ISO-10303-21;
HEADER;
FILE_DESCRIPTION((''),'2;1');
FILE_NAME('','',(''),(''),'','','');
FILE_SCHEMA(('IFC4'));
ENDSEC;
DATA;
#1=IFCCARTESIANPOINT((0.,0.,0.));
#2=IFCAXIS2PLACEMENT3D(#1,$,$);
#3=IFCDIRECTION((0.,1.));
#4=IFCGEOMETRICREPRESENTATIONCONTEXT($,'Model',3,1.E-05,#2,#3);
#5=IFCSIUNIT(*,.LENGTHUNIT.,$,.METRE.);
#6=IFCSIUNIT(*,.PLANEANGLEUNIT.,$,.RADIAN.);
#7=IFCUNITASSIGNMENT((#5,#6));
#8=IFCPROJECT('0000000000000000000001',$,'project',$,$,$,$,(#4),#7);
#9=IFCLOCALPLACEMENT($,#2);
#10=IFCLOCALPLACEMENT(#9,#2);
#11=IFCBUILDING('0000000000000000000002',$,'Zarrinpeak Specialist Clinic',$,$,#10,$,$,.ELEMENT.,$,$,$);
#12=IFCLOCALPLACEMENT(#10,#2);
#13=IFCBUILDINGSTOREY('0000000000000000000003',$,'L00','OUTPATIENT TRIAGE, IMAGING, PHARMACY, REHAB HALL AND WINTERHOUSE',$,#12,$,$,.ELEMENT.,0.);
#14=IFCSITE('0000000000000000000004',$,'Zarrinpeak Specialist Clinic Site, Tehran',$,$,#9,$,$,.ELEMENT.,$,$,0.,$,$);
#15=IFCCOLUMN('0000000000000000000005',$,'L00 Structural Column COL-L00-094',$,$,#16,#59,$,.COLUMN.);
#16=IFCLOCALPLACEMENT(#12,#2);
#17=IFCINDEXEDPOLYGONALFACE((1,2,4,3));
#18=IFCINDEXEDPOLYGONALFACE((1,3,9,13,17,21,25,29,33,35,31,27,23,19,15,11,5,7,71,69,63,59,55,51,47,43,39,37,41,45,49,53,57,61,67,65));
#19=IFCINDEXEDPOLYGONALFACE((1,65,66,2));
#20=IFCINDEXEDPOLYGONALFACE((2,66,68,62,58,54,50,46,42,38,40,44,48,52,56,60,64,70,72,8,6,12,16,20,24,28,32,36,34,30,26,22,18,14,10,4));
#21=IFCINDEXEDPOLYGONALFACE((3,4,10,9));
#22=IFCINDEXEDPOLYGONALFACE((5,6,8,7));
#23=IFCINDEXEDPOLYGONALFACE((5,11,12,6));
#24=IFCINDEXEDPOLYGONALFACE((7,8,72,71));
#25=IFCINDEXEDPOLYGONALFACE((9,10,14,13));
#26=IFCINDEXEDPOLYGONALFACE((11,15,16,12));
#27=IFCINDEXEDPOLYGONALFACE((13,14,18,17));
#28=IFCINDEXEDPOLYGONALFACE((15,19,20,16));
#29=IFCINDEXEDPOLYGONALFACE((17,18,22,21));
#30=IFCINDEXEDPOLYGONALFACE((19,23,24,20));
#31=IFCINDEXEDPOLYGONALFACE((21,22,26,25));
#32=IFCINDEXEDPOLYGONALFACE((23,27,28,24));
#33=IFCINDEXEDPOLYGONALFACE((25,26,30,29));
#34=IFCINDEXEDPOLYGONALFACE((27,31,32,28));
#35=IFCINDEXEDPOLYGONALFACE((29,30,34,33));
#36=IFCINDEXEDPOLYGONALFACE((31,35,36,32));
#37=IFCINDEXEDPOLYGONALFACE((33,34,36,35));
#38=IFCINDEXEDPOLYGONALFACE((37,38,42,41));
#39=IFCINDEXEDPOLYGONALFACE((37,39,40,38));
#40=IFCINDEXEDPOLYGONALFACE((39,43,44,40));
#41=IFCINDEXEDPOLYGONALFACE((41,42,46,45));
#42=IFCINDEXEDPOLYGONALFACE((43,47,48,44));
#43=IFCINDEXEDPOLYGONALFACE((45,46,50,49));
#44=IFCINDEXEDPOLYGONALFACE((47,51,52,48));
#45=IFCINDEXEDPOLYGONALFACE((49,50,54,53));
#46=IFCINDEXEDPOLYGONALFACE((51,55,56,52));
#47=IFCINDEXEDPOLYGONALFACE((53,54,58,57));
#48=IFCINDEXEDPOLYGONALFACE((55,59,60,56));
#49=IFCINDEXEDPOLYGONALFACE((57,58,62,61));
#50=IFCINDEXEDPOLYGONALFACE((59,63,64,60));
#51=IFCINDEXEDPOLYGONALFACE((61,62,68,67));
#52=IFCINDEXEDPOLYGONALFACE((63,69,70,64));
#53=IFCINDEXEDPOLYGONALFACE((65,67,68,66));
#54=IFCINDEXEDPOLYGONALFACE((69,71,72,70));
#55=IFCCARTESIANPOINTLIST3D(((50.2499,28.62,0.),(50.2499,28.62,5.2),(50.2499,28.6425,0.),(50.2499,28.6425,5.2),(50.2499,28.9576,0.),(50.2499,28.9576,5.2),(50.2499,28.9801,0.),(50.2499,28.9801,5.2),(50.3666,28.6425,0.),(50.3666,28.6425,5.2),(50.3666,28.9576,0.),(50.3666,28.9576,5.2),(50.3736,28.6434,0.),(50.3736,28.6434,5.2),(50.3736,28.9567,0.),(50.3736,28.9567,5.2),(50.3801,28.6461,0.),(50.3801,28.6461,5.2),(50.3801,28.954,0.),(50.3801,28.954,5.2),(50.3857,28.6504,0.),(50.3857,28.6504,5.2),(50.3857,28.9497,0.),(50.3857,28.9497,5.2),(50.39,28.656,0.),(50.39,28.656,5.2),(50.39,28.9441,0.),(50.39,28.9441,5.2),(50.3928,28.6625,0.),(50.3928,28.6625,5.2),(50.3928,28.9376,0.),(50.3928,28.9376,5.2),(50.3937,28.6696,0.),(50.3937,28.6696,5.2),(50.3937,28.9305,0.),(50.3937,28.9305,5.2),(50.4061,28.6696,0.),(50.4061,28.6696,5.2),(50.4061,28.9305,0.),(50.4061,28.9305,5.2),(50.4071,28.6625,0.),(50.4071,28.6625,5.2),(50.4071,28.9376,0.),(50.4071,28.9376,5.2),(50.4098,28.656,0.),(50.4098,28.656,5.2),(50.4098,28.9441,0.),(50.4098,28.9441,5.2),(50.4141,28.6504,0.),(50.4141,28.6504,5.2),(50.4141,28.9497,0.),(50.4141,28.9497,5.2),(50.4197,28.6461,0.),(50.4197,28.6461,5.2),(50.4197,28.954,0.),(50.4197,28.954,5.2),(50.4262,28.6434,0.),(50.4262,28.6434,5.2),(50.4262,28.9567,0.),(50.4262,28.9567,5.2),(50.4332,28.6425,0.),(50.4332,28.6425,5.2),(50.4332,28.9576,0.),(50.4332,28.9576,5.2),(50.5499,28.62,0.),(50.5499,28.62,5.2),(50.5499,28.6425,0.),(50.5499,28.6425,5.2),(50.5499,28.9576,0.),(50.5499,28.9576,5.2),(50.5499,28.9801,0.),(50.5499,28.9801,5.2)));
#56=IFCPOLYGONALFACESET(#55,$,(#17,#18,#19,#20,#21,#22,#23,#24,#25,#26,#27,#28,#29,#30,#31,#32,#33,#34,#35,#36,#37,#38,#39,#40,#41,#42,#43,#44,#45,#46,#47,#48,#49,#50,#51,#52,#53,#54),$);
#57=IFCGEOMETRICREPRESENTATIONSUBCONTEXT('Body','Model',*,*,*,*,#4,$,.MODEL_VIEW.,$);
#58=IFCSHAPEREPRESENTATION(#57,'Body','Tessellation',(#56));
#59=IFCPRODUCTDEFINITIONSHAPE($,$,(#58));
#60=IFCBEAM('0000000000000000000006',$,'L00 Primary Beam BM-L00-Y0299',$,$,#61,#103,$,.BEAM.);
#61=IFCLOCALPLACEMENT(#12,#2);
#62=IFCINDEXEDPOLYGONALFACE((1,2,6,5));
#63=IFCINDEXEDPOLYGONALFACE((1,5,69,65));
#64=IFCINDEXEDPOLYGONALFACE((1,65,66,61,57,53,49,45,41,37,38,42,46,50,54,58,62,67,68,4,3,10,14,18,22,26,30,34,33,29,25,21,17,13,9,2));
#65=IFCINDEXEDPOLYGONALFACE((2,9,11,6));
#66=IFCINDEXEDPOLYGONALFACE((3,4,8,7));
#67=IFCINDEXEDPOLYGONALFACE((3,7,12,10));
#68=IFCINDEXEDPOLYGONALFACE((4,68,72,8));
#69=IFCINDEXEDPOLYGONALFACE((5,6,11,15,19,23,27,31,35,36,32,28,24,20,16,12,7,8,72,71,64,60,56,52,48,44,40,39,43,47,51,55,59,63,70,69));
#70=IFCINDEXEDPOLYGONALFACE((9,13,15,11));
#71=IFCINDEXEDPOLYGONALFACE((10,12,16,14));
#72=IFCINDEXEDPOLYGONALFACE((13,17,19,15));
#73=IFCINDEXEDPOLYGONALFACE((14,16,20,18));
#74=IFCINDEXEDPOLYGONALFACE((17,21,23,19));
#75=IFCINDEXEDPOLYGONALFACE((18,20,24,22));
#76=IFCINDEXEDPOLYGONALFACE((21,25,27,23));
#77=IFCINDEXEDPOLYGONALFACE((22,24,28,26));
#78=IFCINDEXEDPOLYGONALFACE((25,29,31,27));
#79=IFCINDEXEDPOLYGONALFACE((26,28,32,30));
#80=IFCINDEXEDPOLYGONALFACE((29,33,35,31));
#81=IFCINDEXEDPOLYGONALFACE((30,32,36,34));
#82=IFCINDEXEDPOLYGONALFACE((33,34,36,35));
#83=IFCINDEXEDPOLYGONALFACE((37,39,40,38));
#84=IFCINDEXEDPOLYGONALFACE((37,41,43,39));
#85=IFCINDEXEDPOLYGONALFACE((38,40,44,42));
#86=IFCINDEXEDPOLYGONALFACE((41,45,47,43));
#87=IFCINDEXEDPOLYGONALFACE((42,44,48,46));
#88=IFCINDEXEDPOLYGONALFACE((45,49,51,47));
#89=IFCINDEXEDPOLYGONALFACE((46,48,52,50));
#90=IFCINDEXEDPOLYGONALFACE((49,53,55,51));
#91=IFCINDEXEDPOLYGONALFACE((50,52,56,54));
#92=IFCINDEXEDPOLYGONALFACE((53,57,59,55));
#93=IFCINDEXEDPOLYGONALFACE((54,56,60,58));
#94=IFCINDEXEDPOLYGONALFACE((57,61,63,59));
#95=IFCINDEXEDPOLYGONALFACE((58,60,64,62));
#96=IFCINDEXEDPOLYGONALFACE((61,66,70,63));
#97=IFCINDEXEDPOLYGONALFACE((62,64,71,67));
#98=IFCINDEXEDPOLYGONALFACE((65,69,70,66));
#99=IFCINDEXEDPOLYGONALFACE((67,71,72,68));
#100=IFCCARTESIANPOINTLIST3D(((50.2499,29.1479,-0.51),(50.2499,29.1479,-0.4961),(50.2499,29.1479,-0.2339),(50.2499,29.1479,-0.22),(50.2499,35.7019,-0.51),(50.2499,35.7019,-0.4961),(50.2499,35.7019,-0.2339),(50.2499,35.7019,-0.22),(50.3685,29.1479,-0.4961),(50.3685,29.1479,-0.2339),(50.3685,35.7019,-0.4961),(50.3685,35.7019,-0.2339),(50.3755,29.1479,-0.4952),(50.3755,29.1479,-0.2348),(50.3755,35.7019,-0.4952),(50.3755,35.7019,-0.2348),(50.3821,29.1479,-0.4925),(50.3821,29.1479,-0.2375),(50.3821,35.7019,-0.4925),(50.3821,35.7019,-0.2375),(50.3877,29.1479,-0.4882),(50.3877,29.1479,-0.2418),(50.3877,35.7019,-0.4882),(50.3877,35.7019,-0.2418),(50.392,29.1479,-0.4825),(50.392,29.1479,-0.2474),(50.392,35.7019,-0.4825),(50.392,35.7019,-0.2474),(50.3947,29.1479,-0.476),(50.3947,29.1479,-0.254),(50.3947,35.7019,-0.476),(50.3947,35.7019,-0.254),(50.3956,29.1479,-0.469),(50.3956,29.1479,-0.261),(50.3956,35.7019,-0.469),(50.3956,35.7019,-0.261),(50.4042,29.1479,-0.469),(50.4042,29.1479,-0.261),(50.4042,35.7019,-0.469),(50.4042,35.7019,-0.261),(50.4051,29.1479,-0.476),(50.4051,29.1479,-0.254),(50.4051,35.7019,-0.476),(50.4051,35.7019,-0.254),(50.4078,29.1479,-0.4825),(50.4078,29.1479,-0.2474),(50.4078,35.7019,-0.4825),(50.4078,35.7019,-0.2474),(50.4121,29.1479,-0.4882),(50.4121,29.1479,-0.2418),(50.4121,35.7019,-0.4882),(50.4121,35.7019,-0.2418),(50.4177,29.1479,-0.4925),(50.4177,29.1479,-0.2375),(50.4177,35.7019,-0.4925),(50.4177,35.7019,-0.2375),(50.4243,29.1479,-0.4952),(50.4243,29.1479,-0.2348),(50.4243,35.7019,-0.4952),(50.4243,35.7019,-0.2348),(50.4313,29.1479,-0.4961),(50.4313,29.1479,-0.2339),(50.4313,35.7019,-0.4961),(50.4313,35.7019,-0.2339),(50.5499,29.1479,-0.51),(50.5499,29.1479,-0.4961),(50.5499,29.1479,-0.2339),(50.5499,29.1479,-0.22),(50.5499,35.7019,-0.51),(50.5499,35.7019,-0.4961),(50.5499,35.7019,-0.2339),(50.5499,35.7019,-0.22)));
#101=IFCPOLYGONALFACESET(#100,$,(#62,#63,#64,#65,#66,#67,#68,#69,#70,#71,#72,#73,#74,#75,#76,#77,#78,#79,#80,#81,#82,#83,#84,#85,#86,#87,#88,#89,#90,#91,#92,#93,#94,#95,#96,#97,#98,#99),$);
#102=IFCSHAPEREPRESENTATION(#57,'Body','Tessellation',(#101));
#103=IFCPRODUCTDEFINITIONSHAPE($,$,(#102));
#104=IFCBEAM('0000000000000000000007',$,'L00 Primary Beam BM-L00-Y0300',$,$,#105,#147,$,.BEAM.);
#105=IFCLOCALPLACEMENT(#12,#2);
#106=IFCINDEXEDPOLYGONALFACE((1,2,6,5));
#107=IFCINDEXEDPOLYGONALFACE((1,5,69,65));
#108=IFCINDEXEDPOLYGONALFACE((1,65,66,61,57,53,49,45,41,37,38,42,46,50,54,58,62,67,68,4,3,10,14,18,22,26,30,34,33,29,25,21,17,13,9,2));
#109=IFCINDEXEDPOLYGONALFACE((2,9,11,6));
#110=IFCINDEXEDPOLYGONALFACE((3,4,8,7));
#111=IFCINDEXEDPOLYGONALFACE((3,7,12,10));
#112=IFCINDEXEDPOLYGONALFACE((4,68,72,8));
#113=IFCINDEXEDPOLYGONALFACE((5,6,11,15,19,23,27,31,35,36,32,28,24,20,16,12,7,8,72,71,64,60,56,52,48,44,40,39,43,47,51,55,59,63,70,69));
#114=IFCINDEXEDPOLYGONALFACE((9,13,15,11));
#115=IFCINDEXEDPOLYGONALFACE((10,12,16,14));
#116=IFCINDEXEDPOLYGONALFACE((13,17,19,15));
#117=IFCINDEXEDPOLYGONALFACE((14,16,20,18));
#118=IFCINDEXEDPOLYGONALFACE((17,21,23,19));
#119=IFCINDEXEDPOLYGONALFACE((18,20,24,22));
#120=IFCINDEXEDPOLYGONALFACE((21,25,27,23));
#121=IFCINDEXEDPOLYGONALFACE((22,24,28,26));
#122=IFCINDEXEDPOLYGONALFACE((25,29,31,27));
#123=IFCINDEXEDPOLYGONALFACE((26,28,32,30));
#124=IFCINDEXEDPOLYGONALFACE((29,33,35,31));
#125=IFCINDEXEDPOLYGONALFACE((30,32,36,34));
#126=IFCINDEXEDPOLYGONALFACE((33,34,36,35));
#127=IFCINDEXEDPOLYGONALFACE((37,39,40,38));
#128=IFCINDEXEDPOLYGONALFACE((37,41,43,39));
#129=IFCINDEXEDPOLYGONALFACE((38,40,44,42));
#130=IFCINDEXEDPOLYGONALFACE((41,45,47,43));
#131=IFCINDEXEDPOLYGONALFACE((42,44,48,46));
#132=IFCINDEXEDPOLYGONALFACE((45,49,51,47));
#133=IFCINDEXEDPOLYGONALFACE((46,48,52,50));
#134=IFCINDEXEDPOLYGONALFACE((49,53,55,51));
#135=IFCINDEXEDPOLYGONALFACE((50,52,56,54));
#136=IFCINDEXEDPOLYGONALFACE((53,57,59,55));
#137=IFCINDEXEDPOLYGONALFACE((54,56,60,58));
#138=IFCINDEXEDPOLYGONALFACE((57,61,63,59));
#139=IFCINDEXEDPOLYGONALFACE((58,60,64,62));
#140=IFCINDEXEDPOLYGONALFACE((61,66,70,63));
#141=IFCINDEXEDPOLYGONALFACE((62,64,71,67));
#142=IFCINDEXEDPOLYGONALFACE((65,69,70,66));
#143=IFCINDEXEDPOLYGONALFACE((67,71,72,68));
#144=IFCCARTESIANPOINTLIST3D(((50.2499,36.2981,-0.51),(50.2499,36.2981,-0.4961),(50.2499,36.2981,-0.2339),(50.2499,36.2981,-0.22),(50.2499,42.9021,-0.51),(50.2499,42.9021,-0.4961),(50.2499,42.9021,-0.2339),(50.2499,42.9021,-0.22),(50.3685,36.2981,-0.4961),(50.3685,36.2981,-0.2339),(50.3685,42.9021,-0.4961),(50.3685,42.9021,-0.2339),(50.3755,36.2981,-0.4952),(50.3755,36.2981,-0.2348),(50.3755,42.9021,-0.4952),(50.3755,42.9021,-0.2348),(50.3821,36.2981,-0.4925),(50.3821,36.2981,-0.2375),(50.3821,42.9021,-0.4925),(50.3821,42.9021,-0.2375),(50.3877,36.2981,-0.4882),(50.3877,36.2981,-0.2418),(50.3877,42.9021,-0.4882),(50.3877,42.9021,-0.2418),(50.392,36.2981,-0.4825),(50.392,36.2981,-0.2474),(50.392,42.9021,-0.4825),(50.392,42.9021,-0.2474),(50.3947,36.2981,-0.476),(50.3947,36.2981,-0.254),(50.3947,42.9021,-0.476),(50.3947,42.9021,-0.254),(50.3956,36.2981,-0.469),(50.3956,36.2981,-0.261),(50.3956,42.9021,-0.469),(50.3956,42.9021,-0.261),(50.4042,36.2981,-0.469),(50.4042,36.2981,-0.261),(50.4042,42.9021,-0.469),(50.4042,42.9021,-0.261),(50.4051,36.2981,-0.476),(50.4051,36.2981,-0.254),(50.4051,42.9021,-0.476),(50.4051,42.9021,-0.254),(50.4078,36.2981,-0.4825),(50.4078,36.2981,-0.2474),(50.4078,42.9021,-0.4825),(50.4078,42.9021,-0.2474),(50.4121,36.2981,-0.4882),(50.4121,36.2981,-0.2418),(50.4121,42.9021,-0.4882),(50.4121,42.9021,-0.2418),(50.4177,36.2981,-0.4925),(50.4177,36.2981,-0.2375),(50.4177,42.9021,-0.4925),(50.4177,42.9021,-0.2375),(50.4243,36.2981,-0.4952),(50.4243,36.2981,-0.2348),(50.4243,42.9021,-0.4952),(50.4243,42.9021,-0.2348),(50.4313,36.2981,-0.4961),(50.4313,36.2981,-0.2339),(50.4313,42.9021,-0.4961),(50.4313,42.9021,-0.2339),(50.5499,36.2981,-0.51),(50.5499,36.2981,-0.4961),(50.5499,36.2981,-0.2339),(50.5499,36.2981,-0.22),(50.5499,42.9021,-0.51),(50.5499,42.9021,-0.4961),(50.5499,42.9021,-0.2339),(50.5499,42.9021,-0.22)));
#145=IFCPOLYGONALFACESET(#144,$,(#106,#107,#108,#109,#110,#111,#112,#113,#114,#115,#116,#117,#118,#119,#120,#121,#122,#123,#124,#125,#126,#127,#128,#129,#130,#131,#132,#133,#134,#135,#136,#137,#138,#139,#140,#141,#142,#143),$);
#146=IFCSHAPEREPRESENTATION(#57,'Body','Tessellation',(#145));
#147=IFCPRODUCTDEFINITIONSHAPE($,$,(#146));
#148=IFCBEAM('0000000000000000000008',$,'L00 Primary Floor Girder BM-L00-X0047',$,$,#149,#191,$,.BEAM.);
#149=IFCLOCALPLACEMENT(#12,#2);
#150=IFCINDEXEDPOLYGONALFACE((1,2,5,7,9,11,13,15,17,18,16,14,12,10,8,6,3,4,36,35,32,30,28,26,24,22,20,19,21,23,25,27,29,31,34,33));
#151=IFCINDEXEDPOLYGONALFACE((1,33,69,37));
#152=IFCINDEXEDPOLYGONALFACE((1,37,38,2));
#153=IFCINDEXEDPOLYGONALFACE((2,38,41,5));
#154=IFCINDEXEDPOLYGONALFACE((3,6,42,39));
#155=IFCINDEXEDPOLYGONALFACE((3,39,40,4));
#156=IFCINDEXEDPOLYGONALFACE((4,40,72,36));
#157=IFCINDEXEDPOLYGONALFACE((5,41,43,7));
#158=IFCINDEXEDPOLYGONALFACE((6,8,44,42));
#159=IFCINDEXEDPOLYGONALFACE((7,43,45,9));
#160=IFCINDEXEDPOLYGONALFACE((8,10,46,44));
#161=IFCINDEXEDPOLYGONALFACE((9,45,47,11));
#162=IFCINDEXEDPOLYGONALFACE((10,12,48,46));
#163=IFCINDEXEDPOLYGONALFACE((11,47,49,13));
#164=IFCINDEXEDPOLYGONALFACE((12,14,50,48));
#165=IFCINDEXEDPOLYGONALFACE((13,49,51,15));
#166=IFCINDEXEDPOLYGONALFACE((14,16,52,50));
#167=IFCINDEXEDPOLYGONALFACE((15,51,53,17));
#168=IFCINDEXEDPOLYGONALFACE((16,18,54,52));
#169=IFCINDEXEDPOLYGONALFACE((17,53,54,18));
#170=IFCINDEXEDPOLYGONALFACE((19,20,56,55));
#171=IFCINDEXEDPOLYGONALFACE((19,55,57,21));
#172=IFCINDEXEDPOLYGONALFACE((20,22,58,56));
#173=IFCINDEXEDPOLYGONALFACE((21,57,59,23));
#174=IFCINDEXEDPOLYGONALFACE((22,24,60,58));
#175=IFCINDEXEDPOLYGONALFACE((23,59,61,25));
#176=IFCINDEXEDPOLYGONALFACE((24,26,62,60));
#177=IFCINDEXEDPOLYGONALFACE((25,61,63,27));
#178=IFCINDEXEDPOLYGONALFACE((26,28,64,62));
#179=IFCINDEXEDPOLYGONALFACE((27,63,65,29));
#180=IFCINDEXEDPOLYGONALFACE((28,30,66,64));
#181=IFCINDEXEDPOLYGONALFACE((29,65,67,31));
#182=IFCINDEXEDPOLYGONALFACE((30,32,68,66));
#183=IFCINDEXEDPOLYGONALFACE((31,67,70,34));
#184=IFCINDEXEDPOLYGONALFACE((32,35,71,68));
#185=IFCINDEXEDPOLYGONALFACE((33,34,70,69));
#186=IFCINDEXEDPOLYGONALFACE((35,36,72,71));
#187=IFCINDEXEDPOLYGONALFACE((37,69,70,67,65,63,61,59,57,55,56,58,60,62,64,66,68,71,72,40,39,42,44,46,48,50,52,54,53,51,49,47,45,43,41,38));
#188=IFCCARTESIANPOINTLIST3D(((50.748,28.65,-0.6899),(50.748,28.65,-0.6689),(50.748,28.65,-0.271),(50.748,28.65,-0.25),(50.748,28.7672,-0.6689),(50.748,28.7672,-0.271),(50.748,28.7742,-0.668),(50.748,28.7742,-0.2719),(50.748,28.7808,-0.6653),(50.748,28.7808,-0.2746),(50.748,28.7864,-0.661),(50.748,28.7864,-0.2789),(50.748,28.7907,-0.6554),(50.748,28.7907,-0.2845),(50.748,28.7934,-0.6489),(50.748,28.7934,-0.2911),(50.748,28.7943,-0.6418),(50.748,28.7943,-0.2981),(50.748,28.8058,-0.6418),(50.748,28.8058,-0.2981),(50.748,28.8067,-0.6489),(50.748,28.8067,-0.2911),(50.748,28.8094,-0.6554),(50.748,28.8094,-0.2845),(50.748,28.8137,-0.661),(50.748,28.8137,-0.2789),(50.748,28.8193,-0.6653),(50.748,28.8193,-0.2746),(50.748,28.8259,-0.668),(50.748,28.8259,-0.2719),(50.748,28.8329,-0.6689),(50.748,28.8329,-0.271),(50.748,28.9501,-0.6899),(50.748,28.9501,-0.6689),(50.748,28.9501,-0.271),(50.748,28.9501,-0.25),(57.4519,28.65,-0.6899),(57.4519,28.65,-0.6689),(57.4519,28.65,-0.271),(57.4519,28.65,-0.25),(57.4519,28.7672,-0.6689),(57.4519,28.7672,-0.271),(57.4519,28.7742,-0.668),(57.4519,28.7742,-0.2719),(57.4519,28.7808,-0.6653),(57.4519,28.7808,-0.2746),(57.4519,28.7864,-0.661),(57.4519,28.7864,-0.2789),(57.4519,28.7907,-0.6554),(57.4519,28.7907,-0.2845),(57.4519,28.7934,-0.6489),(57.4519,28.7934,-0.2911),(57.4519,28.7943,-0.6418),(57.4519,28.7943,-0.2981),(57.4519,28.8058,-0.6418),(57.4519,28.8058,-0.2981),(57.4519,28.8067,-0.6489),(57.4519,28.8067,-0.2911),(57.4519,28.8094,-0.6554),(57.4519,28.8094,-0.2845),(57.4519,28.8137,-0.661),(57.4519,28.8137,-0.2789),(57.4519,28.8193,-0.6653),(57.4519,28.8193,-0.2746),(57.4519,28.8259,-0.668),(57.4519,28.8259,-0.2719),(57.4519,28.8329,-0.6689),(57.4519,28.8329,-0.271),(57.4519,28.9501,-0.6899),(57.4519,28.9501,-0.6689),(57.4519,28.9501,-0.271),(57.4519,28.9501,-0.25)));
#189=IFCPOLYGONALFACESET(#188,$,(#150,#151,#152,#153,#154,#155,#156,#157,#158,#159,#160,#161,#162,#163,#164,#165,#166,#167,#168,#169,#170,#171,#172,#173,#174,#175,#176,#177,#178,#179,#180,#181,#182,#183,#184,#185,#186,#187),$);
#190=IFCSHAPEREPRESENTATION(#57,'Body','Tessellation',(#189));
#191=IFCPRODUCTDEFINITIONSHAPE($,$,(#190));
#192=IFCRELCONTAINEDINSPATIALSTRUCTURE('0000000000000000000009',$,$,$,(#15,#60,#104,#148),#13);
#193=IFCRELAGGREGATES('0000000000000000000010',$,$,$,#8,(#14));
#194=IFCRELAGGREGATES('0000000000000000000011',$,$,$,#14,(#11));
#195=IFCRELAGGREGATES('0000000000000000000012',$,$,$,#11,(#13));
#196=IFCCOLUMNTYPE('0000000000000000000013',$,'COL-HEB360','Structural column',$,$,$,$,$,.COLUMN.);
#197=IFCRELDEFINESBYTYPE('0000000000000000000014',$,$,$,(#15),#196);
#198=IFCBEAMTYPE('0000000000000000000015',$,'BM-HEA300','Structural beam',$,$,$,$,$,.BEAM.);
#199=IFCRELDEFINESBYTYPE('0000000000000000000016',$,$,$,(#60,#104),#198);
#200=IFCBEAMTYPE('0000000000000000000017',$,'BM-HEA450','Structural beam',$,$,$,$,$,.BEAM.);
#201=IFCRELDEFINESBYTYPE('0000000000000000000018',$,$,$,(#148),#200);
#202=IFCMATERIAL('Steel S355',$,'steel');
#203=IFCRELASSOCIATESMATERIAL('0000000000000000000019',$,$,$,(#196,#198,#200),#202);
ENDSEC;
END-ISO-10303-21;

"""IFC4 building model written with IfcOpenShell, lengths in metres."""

from ifc_helpers import new_model, si_unit, direction, frame, origin, origin_2d, place, context, subcontext, project, spatial, i_section, extrude, material, material_profile, profile_set, type_object, element, save


model = new_model("IFC4")

# Units and contexts
model_context = context("Model", 3, precision=1e-05, world=origin(), true_north=direction((0.0, 1.0)))
body_context = subcontext(model_context, "Body", "Model", "MODEL_VIEW")
ifc_project = project(units=[si_unit("LENGTHUNIT", "METRE"), si_unit("PLANEANGLEUNIT", "RADIAN")], contexts=[model_context])

# Site, building, storey
site_placement = place(None, origin())
site = spatial("IfcSite", under=ifc_project, at=site_placement, Name="Zarrinpeak Specialist Clinic Site, Tehran", CompositionType="ELEMENT", RefElevation=0.0)
building_placement = place(site_placement, origin())
building = spatial("IfcBuilding", under=site, at=building_placement, Name="Zarrinpeak Specialist Clinic", CompositionType="ELEMENT")
storey_placement = place(building_placement, origin())
storey = spatial("IfcBuildingStorey", under=building, at=storey_placement, Name="L00", Description="OUTPATIENT TRIAGE, IMAGING, PHARMACY, REHAB HALL AND WINTERHOUSE", CompositionType="ELEMENT", Elevation=0.0)

# Column
ifc_material_1 = material(Name="Steel S355", Category="steel")
ifc_material_profile_1 = material_profile(ifc_material_1, i_section(OverallWidth=0.3, OverallDepth=0.3601, WebThickness=0.0125, FlangeThickness=0.0225, FilletRadius=0.0271, at=origin_2d()), Name="HEB 360")
ifc_profile_set_1 = profile_set([ifc_material_profile_1], Name="Steel S355")
column_type = type_object("IfcColumnType", Name="COL-HEB360", Description="Structural column", PredefinedType="COLUMN", material=ifc_profile_set_1)
column_placement = place(storey_placement, frame((50.3999, 28.8, 0.0), z_axis=(0.0, 0.0, 1.0), x_axis=(1.0, 0.0, 0.0)))
element("IfcColumn", 1, at=column_placement, inside=storey, type_object=column_type, Name="L00 Structural Column COL-L00-094", PredefinedType="COLUMN", context=body_context, shape_type="SweptSolid", body=[
    extrude(i_section(OverallWidth=0.3, OverallDepth=0.3601, WebThickness=0.0125, FlangeThickness=0.0225, FilletRadius=0.0271, at=origin_2d()), origin(), (0.0, 0.0, 1.0), 5.2),
])

# Beams
ifc_material_profile_2 = material_profile(ifc_material_1, i_section(OverallWidth=0.3, OverallDepth=0.29, WebThickness=0.0085, FlangeThickness=0.0139, FilletRadius=0.0271, at=origin_2d()), Name="HEA 300")
ifc_profile_set_2 = profile_set([ifc_material_profile_2], Name="Steel S355")
beam_type_1 = type_object("IfcBeamType", Name="BM-HEA300", Description="Structural beam", PredefinedType="BEAM", material=ifc_profile_set_2)
beam_1_placement = place(storey_placement, frame((50.3999, 29.1479, -0.365), z_axis=(0.0, 1.0, 0.0), x_axis=(-1.0, 0.0, 0.0)))
element("IfcBeam", 2, at=beam_1_placement, inside=storey, type_object=beam_type_1, Name="L00 Primary Beam BM-L00-Y0299", PredefinedType="BEAM", context=body_context, shape_type="SweptSolid", body=[
    extrude(i_section(OverallWidth=0.3, OverallDepth=0.29, WebThickness=0.0085, FlangeThickness=0.0139, FilletRadius=0.0271, at=origin_2d()), origin(), (0.0, 0.0, 1.0), 6.554),
])
beam_2_placement = place(storey_placement, frame((50.3999, 36.2981, -0.365), z_axis=(0.0, 1.0, 0.0), x_axis=(-1.0, 0.0, 0.0)))
element("IfcBeam", 3, at=beam_2_placement, inside=storey, type_object=beam_type_1, Name="L00 Primary Beam BM-L00-Y0300", PredefinedType="BEAM", context=body_context, shape_type="SweptSolid", body=[
    extrude(i_section(OverallWidth=0.3, OverallDepth=0.29, WebThickness=0.0085, FlangeThickness=0.0139, FilletRadius=0.0271, at=origin_2d()), origin(), (0.0, 0.0, 1.0), 6.604),
])
ifc_material_profile_3 = material_profile(ifc_material_1, i_section(OverallWidth=0.3, OverallDepth=0.4399, WebThickness=0.0115, FlangeThickness=0.021, FilletRadius=0.0271, at=origin_2d()), Name="HEA 450")
ifc_profile_set_3 = profile_set([ifc_material_profile_3], Name="Steel S355")
beam_type_2 = type_object("IfcBeamType", Name="BM-HEA450", Description="Structural beam", PredefinedType="BEAM", material=ifc_profile_set_3)
beam_3_placement = place(storey_placement, frame((50.748, 28.8, -0.47), z_axis=(1.0, 0.0, 0.0), x_axis=(0.0, 1.0, 0.0)))
element("IfcBeam", 4, at=beam_3_placement, inside=storey, type_object=beam_type_2, Name="L00 Primary Floor Girder BM-L00-X0047", PredefinedType="BEAM", context=body_context, shape_type="SweptSolid", body=[
    extrude(i_section(OverallWidth=0.3, OverallDepth=0.4399, WebThickness=0.0115, FlangeThickness=0.021, FilletRadius=0.0271, at=origin_2d()), origin(), (0.0, 0.0, 1.0), 6.7039),
])

save(model, "model.ifc")
